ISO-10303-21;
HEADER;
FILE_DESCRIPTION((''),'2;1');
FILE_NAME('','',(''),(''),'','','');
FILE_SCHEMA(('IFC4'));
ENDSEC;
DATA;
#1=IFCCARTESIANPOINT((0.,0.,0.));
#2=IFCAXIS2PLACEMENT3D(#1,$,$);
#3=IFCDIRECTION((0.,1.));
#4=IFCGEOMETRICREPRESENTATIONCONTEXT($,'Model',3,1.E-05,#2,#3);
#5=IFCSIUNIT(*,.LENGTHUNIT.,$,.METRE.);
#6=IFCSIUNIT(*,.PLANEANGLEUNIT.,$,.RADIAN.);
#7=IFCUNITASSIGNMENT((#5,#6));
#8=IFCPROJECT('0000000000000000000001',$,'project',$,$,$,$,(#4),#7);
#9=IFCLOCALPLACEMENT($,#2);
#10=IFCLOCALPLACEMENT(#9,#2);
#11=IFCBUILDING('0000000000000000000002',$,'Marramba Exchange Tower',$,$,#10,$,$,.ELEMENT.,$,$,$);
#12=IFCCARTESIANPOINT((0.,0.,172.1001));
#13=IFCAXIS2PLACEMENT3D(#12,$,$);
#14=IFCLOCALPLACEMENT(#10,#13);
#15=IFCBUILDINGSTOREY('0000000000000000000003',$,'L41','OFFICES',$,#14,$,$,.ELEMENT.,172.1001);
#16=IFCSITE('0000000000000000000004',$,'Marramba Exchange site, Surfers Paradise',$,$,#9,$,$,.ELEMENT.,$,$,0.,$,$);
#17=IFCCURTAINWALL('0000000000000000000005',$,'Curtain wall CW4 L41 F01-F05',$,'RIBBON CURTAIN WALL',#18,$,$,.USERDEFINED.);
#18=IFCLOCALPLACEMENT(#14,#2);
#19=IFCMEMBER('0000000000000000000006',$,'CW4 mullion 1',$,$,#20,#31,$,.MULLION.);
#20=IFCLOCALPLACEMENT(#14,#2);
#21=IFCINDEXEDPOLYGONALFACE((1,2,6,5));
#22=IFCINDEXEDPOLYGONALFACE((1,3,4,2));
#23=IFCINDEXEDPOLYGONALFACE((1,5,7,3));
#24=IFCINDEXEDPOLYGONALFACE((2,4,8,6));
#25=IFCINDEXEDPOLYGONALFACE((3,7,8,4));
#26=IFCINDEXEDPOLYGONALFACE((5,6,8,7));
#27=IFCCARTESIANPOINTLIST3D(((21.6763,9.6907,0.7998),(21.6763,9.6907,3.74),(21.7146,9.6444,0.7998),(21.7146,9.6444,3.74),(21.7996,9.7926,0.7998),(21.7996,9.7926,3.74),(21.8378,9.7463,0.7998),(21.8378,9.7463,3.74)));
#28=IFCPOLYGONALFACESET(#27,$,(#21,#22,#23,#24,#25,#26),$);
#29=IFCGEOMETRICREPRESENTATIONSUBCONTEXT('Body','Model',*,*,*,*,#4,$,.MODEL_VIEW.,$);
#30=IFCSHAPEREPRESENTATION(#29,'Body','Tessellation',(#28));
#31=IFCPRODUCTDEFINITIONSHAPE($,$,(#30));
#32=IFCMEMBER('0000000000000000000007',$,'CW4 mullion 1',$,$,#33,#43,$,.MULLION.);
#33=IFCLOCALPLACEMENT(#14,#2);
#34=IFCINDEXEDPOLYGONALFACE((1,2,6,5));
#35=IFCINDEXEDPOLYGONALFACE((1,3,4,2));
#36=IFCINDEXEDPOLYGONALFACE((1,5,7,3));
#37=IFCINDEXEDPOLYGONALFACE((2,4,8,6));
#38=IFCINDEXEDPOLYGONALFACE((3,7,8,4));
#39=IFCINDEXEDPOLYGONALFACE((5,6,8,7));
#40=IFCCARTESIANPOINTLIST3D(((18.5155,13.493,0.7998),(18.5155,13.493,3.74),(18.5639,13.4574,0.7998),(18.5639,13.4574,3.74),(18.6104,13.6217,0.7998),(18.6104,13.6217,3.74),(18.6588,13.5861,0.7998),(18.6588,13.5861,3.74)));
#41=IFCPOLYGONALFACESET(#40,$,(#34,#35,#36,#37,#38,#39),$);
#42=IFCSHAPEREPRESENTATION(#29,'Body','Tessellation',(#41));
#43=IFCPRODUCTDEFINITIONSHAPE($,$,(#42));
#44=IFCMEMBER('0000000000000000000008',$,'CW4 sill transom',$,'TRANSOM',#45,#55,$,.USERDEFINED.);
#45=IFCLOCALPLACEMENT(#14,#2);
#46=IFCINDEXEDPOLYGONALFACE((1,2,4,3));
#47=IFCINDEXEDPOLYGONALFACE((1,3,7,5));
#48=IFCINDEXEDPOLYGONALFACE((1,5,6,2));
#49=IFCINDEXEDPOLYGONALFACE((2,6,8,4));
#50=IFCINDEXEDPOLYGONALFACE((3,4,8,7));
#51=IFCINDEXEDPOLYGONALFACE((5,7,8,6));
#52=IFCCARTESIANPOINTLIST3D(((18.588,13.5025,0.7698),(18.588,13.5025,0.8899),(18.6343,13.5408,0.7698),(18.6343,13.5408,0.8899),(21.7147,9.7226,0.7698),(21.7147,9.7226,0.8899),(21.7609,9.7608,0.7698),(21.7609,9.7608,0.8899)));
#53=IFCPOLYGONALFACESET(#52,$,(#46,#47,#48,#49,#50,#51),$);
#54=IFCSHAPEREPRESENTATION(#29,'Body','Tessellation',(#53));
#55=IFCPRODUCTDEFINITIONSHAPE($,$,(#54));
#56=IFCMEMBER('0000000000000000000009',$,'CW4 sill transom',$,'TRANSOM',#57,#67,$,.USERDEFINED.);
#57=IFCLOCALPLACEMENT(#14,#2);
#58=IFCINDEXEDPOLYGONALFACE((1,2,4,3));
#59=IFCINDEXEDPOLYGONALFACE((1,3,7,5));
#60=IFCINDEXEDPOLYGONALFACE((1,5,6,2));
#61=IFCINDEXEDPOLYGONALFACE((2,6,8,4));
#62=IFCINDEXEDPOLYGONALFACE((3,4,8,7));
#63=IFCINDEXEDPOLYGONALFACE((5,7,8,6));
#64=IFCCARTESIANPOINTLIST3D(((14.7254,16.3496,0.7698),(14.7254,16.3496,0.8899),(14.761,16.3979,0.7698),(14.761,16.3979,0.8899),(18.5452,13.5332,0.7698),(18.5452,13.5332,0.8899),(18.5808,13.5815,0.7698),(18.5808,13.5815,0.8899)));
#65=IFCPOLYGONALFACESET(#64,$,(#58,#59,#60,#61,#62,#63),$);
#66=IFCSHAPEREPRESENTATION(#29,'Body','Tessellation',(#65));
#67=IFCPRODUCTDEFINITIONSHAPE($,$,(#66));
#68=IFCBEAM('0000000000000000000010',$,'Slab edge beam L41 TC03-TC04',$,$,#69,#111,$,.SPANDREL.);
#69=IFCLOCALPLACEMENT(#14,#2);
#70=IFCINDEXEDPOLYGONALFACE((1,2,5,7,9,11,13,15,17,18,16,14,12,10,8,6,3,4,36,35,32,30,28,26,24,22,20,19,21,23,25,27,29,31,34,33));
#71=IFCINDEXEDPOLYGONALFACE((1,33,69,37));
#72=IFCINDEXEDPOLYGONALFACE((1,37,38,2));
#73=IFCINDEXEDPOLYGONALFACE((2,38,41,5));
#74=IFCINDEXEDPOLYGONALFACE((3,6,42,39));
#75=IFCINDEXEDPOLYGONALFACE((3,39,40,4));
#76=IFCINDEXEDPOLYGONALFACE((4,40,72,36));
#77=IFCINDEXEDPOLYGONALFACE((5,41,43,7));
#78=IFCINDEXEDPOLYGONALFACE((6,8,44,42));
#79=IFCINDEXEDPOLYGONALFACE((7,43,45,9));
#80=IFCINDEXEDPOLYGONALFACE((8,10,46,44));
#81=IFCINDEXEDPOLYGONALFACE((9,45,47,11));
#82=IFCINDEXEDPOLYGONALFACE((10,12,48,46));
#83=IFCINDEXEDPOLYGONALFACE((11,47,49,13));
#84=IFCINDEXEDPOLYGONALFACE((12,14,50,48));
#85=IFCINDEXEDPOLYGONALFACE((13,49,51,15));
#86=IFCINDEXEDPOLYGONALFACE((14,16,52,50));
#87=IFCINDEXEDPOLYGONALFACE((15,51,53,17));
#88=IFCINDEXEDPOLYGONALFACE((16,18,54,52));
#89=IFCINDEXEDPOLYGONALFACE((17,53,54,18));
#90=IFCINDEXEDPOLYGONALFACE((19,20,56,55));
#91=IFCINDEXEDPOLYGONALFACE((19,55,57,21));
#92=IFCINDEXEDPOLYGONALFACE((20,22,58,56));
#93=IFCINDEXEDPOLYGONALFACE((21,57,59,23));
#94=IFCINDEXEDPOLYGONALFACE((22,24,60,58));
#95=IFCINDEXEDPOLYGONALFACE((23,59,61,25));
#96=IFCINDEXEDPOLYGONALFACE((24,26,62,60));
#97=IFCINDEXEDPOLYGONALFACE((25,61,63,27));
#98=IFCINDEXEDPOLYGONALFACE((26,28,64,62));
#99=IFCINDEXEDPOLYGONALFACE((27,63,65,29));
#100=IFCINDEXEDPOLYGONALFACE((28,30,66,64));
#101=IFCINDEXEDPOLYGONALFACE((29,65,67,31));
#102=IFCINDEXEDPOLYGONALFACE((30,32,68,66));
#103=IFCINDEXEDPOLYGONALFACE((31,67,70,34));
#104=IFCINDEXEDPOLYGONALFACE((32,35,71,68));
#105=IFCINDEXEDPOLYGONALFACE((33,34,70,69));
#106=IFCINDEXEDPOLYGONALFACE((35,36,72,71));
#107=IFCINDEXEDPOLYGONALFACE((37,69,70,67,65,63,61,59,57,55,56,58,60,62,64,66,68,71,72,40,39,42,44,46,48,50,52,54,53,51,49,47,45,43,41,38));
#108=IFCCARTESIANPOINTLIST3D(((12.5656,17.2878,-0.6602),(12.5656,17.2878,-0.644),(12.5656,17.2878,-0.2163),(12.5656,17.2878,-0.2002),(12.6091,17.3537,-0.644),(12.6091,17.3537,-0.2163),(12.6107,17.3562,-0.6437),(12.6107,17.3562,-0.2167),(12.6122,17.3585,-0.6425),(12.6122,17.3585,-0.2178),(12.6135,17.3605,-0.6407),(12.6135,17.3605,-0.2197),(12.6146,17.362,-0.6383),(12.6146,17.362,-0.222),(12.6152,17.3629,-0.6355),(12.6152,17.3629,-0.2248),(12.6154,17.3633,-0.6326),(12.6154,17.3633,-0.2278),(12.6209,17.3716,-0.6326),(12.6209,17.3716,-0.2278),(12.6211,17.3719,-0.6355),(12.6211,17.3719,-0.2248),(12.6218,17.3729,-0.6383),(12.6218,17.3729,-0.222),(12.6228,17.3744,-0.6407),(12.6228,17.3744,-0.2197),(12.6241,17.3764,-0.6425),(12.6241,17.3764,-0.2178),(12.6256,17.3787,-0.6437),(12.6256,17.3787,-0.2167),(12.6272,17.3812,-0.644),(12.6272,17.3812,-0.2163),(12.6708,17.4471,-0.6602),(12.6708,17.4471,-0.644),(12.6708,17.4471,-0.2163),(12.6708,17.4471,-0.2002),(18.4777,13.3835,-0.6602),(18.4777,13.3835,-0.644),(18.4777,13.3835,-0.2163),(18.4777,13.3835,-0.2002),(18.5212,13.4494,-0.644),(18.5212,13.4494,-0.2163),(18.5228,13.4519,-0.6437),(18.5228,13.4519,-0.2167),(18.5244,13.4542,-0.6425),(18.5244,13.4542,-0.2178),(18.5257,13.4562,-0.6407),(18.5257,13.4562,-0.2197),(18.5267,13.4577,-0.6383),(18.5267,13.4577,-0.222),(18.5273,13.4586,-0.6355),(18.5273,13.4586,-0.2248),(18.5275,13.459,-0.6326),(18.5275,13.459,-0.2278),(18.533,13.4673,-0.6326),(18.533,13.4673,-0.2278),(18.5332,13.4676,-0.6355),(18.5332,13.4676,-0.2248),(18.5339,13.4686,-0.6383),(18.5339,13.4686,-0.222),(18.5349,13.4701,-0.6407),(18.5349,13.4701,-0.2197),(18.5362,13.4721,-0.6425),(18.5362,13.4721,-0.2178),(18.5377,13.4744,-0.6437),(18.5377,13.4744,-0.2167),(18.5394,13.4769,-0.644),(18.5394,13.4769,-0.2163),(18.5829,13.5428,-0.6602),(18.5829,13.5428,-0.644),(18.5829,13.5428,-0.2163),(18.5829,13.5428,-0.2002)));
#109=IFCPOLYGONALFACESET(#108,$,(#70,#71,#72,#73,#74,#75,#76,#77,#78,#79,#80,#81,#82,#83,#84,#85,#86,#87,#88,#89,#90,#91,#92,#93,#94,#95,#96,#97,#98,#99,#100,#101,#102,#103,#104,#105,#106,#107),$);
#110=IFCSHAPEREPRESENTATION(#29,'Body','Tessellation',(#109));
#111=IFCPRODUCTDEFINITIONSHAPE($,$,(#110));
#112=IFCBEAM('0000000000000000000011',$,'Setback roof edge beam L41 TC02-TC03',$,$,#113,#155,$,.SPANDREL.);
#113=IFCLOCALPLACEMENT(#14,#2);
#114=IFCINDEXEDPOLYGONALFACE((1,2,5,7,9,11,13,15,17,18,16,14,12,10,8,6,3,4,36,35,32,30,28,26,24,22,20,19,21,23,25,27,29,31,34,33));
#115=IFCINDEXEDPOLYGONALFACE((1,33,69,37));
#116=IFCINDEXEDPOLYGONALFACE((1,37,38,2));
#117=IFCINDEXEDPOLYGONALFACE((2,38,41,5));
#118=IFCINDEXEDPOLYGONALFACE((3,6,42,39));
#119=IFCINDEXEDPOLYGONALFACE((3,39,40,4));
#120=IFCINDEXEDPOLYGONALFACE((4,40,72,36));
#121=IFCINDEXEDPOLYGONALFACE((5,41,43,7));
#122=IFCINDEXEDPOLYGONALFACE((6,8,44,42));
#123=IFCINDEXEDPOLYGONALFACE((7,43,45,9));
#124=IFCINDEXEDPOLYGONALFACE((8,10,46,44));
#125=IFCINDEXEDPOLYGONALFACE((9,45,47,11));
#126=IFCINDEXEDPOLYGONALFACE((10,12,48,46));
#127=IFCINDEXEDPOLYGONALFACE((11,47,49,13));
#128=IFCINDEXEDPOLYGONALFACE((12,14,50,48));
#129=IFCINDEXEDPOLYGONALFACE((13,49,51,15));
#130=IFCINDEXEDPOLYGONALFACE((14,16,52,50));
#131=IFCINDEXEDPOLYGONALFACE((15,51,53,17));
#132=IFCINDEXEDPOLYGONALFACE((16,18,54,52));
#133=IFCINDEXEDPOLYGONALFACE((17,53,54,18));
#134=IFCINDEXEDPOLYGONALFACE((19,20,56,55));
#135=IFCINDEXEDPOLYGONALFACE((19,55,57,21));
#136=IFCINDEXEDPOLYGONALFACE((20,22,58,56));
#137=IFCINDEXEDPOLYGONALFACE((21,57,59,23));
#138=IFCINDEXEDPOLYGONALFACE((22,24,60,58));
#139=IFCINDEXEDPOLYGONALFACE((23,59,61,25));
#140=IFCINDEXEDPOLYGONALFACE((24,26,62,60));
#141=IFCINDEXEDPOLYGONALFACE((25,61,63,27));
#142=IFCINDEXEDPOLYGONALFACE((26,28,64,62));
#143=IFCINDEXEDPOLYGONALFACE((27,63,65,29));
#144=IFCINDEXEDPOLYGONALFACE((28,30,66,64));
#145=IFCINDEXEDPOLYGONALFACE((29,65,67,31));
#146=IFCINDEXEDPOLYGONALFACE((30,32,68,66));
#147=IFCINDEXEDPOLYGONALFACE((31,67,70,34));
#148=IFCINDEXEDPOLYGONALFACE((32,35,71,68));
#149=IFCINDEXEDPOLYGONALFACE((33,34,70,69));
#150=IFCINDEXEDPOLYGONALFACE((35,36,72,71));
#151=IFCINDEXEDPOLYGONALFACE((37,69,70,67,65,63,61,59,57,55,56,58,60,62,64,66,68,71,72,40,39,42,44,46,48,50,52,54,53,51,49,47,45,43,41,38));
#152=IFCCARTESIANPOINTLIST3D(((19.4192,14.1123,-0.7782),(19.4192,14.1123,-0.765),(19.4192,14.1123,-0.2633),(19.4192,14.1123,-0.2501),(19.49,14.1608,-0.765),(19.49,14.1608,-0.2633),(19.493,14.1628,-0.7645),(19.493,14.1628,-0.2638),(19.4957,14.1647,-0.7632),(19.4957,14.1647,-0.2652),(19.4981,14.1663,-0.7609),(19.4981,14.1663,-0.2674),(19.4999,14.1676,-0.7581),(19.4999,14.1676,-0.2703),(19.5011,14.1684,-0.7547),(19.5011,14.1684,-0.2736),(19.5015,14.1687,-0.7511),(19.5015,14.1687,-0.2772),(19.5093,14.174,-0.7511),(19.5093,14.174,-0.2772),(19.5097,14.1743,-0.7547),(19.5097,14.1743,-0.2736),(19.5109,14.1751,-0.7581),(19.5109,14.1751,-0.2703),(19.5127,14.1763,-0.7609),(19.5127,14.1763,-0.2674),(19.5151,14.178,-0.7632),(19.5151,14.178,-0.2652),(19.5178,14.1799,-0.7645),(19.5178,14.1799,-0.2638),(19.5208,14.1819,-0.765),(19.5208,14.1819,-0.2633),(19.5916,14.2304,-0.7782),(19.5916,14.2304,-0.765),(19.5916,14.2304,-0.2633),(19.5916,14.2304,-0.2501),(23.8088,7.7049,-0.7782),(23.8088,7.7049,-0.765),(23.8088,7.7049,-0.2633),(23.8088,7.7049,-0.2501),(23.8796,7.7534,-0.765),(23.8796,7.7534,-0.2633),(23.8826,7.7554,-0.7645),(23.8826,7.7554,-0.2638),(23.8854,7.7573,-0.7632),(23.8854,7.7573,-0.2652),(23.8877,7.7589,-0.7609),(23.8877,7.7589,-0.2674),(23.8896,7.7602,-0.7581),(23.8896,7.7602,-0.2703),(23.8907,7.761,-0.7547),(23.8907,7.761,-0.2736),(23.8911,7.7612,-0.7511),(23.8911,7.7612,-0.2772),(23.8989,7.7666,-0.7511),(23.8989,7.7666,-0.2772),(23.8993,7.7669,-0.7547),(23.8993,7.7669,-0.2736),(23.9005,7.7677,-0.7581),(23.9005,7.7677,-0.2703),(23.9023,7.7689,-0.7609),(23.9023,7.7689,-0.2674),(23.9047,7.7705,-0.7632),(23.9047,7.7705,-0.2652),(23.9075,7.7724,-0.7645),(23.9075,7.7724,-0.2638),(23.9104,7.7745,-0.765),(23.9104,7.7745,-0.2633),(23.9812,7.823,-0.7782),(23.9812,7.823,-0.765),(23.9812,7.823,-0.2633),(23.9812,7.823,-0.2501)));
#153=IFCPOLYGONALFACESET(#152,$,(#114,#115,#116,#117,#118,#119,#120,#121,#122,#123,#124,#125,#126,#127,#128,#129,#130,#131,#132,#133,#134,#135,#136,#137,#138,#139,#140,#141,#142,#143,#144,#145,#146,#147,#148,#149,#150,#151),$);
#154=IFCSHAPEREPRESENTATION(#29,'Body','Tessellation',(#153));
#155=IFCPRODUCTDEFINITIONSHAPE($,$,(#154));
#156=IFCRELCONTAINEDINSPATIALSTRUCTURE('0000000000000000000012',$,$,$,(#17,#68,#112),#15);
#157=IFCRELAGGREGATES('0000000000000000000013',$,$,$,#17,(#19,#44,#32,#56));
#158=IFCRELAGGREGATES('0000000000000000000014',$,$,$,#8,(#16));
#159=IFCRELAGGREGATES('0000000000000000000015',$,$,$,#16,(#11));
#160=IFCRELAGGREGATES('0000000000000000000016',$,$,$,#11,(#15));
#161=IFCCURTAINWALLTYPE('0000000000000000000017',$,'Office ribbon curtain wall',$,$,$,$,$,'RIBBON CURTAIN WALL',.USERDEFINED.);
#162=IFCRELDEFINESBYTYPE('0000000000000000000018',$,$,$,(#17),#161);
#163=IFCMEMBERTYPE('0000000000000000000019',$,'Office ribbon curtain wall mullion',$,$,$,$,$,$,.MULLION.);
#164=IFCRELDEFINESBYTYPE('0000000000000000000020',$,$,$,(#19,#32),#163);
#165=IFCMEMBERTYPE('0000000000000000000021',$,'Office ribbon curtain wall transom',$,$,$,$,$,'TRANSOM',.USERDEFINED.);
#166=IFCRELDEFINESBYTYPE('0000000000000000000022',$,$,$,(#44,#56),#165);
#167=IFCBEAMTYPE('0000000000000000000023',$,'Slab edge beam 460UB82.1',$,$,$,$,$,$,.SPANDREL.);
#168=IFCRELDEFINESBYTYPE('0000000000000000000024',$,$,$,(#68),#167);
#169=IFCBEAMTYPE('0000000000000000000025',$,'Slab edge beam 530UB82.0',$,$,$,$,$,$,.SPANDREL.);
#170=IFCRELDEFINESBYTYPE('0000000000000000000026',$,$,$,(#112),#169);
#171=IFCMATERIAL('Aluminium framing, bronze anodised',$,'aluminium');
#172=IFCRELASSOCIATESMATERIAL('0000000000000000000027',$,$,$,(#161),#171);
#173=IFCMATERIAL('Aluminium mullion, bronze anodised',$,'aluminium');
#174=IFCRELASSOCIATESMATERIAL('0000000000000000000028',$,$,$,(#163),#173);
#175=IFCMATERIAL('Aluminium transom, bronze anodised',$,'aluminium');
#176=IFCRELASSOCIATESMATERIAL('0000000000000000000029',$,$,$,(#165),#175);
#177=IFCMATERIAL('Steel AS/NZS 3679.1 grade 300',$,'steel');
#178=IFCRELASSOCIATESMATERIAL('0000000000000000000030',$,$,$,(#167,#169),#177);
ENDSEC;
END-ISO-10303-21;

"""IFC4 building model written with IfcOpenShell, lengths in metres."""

from ifc_helpers import new_model, si_unit, direction, frame, origin, origin_2d, place, context, subcontext, project, spatial, rectangle, i_section, extrude, material, material_profile, profile_set, type_object, element, aggregate, save


model = new_model("IFC4")

# Units and contexts
model_context = context("Model", 3, precision=1e-05, world=origin(), true_north=direction((0.0, 1.0)))
body_context = subcontext(model_context, "Body", "Model", "MODEL_VIEW")
ifc_project = project(units=[si_unit("LENGTHUNIT", "METRE"), si_unit("PLANEANGLEUNIT", "RADIAN")], contexts=[model_context])

# Site, building, storey
site_placement = place(None, origin())
site = spatial("IfcSite", under=ifc_project, at=site_placement, Name="Marramba Exchange site, Surfers Paradise", CompositionType="ELEMENT", RefElevation=0.0)
building_placement = place(site_placement, origin())
building = spatial("IfcBuilding", under=site, at=building_placement, Name="Marramba Exchange Tower", CompositionType="ELEMENT")
storey_placement = place(building_placement, frame((0.0, 0.0, 172.1001)))
storey = spatial("IfcBuildingStorey", under=building, at=storey_placement, Name="L41", Description="OFFICES", CompositionType="ELEMENT", Elevation=172.1001)

# Curtain wall, members
ifc_material_1 = material(Name="Aluminium framing, bronze anodised", Category="aluminium")
curtain_wall_type = type_object("IfcCurtainWallType", Name="Office ribbon curtain wall", ElementType="RIBBON CURTAIN WALL", PredefinedType="USERDEFINED", material=ifc_material_1)
curtain_wall_placement = place(storey_placement, origin())
curtain_wall = element("IfcCurtainWall", 1, at=curtain_wall_placement, inside=storey, type_object=curtain_wall_type, Name="Curtain wall CW4 L41 F01-F05", ObjectType="RIBBON CURTAIN WALL", PredefinedType="USERDEFINED")
ifc_material_2 = material(Name="Aluminium mullion, bronze anodised", Category="aluminium")
ifc_material_profile_1 = material_profile(ifc_material_2, rectangle(XDim=0.1599, YDim=0.0601, at=origin_2d()), Name="CW4 mullion 60x160")
ifc_profile_set_1 = profile_set([ifc_material_profile_1], Name="Aluminium mullion, bronze anodised")
member_type_1 = type_object("IfcMemberType", Name="Office ribbon curtain wall mullion", PredefinedType="MULLION", material=ifc_profile_set_1)
member_1_placement = place(storey_placement, frame((21.7571, 9.7185, 0.7998), z_axis=(0.0, 0.0, 1.0), x_axis=(-0.770574, -0.63735, 0.0)))
member_1 = element("IfcMember", 2, at=member_1_placement, type_object=member_type_1, Name="CW4 mullion 1", PredefinedType="MULLION", context=body_context, shape_type="SweptSolid", body=[
    extrude(rectangle(XDim=0.1599, YDim=0.0601, at=origin_2d()), origin(), (0.0, 0.0, 1.0), 2.9402),
])
member_2_placement = place(storey_placement, frame((18.5872, 13.5396, 0.7998), z_axis=(0.0, 0.0, 1.0), x_axis=(-0.593441, -0.804877, 0.0)))
member_2 = element("IfcMember", 3, at=member_2_placement, type_object=member_type_1, Name="CW4 mullion 1", PredefinedType="MULLION", context=body_context, shape_type="SweptSolid", body=[
    extrude(rectangle(XDim=0.1599, YDim=0.0601, at=origin_2d()), origin(), (0.0, 0.0, 1.0), 2.9402),
])
ifc_material_3 = material(Name="Aluminium transom, bronze anodised", Category="aluminium")
ifc_material_profile_2 = material_profile(ifc_material_3, rectangle(XDim=0.0601, YDim=0.1201, at=origin_2d()), Name="CW4 transom 60x120")
ifc_profile_set_2 = profile_set([ifc_material_profile_2], Name="Aluminium transom, bronze anodised")
member_type_2 = type_object("IfcMemberType", Name="Office ribbon curtain wall transom", ElementType="TRANSOM", PredefinedType="USERDEFINED", material=ifc_profile_set_2)
member_3_placement = place(storey_placement, frame((21.7378, 9.7417, 0.8298), z_axis=(-0.637375, 0.770554, 0.0), x_axis=(-0.770554, -0.637375, 0.0)))
member_3 = element("IfcMember", 4, at=member_3_placement, type_object=member_type_2, Name="CW4 sill transom", ObjectType="TRANSOM", PredefinedType="USERDEFINED", context=body_context, shape_type="SweptSolid", body=[
    extrude(rectangle(XDim=0.0601, YDim=0.1201, at=origin_2d()), origin(), (0.0, 0.0, 1.0), 4.9055),
])
member_4_placement = place(storey_placement, frame((18.563, 13.5574, 0.8298), z_axis=(-0.804875, 0.593445, 0.0), x_axis=(-0.593445, -0.804875, 0.0)))
member_4 = element("IfcMember", 5, at=member_4_placement, type_object=member_type_2, Name="CW4 sill transom", ObjectType="TRANSOM", PredefinedType="USERDEFINED", context=body_context, shape_type="SweptSolid", body=[
    extrude(rectangle(XDim=0.0601, YDim=0.1201, at=origin_2d()), origin(), (0.0, 0.0, 1.0), 4.7458),
])

# Beams
ifc_material_4 = material(Name="Steel AS/NZS 3679.1 grade 300", Category="steel")
ifc_material_profile_3 = material_profile(ifc_material_4, i_section(OverallWidth=0.1909, OverallDepth=0.46, WebThickness=0.01, FlangeThickness=0.0161, FilletRadius=0.0115, at=origin_2d()), Name="460UB82.1")
ifc_profile_set_3 = profile_set([ifc_material_profile_3], Name="Steel AS/NZS 3679.1 grade 300")
beam_type_1 = type_object("IfcBeamType", Name="Slab edge beam 460UB82.1", PredefinedType="SPANDREL", material=ifc_profile_set_3)
beam_1_placement = place(storey_placement, frame((18.5303, 13.4631, -0.4302), z_axis=(-0.83446, 0.551069, 0.0), x_axis=(-0.551069, -0.83446, 0.0)))
element("IfcBeam", 6, at=beam_1_placement, inside=storey, type_object=beam_type_1, Name="Slab edge beam L41 TC03-TC04", PredefinedType="SPANDREL", context=body_context, shape_type="SweptSolid", body=[
    extrude(i_section(OverallWidth=0.1909, OverallDepth=0.46, WebThickness=0.01, FlangeThickness=0.0161, FilletRadius=0.0115, at=origin_2d()), origin(), (0.0, 0.0, 1.0), 7.085),
])
ifc_material_profile_4 = material_profile(ifc_material_4, i_section(OverallWidth=0.209, OverallDepth=0.5281, WebThickness=0.0095, FlangeThickness=0.0132, FilletRadius=0.0139, at=origin_2d()), Name="530UB82.0")
ifc_profile_set_4 = profile_set([ifc_material_profile_4], Name="Steel AS/NZS 3679.1 grade 300")
beam_type_2 = type_object("IfcBeamType", Name="Slab edge beam 530UB82.0", PredefinedType="SPANDREL", material=ifc_profile_set_4)
beam_2_placement = place(storey_placement, frame((23.895, 7.7639, -0.5142), z_axis=(-0.565174, 0.824972, 0.0), x_axis=(-0.824972, -0.565174, 0.0)))
element("IfcBeam", 7, at=beam_2_placement, inside=storey, type_object=beam_type_2, Name="Setback roof edge beam L41 TC02-TC03", PredefinedType="SPANDREL", context=body_context, shape_type="SweptSolid", body=[
    extrude(i_section(OverallWidth=0.209, OverallDepth=0.5281, WebThickness=0.0095, FlangeThickness=0.0132, FilletRadius=0.0139, at=origin_2d()), origin(), (0.0, 0.0, 1.0), 7.7668),
])

aggregate(curtain_wall, [member_1, member_3, member_2, member_4])

save(model, "model.ifc")
